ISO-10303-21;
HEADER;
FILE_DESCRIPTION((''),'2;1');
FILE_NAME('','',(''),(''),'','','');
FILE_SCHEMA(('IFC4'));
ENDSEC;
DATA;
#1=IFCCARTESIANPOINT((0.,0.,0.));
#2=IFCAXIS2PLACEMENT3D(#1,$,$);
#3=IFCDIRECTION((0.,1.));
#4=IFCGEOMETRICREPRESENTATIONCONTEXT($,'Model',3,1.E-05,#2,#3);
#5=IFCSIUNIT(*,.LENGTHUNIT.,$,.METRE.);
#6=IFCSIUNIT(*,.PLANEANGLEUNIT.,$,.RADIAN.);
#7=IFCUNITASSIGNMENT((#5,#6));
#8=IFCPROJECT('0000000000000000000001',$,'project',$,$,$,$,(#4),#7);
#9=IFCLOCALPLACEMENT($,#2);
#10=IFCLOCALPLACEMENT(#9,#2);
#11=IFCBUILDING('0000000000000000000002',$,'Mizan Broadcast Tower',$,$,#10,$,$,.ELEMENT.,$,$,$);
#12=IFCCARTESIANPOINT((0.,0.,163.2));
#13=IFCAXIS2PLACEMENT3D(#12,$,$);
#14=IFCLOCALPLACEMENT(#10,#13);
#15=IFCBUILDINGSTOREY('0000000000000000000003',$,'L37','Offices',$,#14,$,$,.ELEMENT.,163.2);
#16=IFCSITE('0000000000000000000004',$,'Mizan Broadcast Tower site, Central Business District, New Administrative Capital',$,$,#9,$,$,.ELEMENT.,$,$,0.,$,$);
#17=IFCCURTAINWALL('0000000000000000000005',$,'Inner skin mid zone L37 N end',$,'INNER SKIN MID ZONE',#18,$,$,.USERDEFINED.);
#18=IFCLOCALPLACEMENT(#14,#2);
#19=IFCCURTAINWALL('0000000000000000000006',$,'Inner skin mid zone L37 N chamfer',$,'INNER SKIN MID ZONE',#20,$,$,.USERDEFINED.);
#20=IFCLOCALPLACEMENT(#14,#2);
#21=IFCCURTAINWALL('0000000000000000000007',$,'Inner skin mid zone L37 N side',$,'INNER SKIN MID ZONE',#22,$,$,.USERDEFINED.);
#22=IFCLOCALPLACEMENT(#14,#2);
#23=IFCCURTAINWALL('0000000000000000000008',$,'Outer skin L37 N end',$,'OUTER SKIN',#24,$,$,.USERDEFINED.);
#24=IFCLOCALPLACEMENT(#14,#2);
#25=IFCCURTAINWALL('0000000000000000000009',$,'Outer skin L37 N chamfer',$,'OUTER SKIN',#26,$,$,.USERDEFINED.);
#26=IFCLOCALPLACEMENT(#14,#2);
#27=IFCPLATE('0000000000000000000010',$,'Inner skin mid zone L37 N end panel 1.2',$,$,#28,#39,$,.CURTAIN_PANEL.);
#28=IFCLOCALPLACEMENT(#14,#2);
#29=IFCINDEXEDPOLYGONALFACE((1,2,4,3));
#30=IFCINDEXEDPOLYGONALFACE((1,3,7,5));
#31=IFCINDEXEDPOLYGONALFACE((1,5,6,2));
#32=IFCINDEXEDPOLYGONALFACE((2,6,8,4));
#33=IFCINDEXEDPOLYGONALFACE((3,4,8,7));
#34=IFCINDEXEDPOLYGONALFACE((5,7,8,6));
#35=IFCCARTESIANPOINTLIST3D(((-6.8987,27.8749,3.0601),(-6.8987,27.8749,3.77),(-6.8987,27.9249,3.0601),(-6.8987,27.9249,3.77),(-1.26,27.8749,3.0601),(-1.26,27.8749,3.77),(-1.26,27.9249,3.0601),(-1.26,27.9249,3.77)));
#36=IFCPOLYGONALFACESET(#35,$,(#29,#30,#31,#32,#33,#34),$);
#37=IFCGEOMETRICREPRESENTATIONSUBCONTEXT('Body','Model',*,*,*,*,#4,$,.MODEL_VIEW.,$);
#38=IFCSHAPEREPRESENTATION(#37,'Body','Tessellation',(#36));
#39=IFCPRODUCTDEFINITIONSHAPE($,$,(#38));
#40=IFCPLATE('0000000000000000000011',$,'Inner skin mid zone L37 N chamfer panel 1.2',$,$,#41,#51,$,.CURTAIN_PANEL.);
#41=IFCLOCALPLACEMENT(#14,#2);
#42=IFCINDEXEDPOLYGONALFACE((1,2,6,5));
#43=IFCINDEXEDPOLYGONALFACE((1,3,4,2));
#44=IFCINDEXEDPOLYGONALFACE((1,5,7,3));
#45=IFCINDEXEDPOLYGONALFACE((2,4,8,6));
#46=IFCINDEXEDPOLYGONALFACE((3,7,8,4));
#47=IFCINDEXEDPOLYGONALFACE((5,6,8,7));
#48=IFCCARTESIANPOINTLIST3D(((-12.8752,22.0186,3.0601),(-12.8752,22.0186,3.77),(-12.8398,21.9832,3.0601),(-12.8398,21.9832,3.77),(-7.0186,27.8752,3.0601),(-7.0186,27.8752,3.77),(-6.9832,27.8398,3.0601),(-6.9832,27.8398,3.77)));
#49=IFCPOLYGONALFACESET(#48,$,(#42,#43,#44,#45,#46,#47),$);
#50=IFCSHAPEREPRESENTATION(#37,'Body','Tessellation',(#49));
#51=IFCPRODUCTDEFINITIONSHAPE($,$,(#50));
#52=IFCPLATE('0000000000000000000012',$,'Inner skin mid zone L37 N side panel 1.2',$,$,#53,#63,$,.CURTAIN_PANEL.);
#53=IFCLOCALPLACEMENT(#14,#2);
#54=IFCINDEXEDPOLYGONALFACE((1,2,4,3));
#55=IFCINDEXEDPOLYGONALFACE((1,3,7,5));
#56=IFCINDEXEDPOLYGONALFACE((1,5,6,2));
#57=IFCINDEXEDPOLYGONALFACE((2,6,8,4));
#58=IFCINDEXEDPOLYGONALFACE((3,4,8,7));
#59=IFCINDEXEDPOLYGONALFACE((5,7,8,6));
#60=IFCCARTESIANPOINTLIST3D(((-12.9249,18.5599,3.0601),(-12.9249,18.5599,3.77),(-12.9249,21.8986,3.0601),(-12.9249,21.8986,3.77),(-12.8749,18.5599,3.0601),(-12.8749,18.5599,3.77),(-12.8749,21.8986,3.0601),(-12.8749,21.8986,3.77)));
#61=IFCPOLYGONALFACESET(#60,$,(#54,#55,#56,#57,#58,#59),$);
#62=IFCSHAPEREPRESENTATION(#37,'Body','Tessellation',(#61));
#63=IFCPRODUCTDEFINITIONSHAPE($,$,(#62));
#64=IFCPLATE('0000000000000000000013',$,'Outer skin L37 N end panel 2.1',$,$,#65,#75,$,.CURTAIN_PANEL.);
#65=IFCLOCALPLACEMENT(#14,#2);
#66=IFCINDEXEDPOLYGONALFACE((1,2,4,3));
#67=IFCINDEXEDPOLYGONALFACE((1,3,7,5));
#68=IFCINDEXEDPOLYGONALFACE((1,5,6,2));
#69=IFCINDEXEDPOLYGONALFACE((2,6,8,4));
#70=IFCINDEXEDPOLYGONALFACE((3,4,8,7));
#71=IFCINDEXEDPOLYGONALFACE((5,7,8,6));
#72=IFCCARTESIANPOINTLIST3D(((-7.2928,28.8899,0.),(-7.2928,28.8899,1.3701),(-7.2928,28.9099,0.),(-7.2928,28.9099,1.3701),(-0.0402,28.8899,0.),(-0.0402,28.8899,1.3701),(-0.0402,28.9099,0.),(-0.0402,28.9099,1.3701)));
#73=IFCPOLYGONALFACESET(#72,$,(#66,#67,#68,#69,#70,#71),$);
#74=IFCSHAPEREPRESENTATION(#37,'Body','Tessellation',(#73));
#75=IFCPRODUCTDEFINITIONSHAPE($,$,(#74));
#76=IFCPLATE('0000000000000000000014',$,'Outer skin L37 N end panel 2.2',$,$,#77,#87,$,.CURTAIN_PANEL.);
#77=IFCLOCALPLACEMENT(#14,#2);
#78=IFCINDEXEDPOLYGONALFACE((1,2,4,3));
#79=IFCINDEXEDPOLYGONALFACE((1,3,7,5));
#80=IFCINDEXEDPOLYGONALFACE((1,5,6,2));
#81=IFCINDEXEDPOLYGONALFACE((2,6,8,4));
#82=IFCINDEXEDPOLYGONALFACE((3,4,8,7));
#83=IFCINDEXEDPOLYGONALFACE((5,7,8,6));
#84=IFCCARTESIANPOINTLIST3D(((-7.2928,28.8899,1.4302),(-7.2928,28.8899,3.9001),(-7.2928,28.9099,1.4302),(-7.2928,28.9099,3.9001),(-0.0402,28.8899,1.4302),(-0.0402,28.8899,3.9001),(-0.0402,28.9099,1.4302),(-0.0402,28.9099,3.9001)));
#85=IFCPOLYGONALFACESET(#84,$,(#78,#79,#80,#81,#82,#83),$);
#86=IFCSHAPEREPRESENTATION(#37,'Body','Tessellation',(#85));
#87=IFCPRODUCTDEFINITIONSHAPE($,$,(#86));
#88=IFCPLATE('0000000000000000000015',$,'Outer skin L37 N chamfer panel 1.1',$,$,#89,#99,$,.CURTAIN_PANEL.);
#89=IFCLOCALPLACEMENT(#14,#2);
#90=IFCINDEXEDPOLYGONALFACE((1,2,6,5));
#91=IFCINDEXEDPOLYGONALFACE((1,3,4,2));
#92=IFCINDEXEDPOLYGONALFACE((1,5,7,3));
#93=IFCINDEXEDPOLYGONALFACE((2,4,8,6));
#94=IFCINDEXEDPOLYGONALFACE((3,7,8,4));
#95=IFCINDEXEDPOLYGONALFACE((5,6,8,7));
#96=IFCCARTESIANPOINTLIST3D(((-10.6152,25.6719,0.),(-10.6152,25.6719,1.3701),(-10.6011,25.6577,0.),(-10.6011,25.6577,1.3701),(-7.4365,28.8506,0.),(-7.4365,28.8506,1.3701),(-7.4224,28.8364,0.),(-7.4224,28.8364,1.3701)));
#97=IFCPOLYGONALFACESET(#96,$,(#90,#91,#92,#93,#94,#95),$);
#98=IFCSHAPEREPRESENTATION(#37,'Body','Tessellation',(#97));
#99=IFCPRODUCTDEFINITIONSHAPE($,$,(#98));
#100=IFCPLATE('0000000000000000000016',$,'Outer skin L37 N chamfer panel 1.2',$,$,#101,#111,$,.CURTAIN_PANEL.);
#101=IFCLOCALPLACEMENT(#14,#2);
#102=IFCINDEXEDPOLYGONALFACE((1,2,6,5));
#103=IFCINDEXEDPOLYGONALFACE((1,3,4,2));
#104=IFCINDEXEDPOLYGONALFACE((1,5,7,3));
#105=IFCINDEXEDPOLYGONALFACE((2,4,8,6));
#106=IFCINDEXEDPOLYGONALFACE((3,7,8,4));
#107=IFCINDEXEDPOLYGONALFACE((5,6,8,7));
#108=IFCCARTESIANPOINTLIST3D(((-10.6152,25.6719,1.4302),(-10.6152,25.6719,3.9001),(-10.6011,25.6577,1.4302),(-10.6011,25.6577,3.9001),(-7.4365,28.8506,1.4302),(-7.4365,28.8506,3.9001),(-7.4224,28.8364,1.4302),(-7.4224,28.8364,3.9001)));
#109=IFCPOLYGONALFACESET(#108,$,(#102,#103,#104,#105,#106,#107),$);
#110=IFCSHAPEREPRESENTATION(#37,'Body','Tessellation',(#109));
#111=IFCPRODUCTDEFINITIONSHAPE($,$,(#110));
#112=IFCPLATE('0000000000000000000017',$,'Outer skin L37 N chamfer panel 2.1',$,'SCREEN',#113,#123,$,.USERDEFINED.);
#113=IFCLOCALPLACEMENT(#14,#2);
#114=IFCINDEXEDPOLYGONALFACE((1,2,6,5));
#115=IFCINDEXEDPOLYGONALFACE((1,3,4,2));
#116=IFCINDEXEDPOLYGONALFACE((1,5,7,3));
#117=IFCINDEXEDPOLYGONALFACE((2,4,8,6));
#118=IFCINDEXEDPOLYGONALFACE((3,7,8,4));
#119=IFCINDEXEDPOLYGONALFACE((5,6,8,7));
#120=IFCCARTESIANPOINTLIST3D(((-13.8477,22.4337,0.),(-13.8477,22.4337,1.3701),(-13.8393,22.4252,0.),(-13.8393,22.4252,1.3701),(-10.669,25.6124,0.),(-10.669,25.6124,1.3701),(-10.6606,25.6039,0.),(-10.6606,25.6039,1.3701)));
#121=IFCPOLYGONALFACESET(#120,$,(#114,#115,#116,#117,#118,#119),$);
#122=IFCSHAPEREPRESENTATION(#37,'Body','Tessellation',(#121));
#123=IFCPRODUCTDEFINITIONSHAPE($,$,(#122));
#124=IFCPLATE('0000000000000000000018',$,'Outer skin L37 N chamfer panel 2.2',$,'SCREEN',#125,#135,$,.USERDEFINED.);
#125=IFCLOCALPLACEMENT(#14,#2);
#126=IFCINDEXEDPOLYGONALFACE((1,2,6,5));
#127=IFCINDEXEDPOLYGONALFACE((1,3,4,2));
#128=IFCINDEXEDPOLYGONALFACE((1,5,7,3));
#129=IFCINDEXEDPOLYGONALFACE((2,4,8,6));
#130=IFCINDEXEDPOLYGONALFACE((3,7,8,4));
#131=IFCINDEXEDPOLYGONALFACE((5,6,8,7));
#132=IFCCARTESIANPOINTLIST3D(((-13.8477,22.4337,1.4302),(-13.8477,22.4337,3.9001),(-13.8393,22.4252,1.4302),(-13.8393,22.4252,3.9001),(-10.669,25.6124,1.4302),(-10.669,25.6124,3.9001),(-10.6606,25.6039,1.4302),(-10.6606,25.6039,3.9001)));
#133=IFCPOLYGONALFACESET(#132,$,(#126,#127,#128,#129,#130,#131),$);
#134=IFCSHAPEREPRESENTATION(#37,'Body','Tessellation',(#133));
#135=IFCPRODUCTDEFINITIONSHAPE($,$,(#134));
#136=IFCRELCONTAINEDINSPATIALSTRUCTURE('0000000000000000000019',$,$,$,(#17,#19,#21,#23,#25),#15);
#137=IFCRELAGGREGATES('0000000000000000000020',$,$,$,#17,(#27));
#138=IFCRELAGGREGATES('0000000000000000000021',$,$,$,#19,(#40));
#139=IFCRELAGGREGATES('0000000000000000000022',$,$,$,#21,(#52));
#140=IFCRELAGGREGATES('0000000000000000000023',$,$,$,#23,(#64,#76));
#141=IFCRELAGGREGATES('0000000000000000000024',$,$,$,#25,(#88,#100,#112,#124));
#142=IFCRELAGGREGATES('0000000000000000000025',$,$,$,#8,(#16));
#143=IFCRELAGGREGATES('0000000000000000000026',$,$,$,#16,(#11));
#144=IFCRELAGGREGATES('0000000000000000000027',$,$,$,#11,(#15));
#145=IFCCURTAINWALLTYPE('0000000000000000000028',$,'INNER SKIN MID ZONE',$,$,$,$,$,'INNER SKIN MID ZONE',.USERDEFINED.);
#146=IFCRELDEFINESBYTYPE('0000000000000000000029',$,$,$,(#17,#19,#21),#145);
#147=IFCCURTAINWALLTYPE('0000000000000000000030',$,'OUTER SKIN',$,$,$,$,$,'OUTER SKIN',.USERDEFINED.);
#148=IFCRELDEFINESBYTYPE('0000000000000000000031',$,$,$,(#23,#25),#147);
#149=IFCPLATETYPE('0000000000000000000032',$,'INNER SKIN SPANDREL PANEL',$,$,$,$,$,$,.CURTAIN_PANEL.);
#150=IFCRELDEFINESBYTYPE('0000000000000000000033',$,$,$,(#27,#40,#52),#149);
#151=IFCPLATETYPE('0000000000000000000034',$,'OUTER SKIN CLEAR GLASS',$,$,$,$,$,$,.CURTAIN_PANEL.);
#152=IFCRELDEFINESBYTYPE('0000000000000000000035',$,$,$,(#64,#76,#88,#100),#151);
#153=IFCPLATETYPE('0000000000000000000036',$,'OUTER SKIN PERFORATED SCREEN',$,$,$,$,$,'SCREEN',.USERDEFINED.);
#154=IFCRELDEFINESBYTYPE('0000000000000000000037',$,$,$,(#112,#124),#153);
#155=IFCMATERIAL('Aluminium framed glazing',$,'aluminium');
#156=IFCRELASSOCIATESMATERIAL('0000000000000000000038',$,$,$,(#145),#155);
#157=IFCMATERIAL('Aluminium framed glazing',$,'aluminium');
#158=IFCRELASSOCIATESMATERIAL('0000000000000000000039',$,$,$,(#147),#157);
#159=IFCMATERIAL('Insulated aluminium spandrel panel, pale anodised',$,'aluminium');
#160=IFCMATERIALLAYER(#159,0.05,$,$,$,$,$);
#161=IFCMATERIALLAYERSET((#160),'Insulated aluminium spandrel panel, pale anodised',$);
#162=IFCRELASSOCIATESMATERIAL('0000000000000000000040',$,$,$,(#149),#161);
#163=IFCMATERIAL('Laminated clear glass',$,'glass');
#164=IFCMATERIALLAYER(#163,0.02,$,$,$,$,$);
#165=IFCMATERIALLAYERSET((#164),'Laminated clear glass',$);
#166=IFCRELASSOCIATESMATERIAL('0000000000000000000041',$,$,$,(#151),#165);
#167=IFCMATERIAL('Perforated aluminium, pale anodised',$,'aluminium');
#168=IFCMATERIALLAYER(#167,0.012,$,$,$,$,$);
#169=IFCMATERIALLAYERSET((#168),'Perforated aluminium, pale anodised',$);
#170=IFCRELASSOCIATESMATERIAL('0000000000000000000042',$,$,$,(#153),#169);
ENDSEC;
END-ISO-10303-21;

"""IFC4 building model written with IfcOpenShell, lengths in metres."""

from ifc_helpers import new_model, si_unit, direction, frame, origin, origin_2d, place, context, subcontext, project, spatial, rectangle, extrude, material, layer, layer_set, type_object, element, aggregate, save


model = new_model("IFC4")

# Units and contexts
model_context = context("Model", 3, precision=1e-05, world=origin(), true_north=direction((0.0, 1.0)))
body_context = subcontext(model_context, "Body", "Model", "MODEL_VIEW")
ifc_project = project(units=[si_unit("LENGTHUNIT", "METRE"), si_unit("PLANEANGLEUNIT", "RADIAN")], contexts=[model_context])

# Site, building, storey
site_placement = place(None, origin())
site = spatial("IfcSite", under=ifc_project, at=site_placement, Name="Mizan Broadcast Tower site, Central Business District, New Administrative Capital", CompositionType="ELEMENT", RefElevation=0.0)
building_placement = place(site_placement, origin())
building = spatial("IfcBuilding", under=site, at=building_placement, Name="Mizan Broadcast Tower", CompositionType="ELEMENT")
storey_placement = place(building_placement, frame((0.0, 0.0, 163.2)))
storey = spatial("IfcBuildingStorey", under=building, at=storey_placement, Name="L37", Description="Offices", CompositionType="ELEMENT", Elevation=163.2)

# Curtain wall
ifc_material_1 = material(Name="Aluminium framed glazing", Category="aluminium")
curtain_wall_type_1 = type_object("IfcCurtainWallType", Name="INNER SKIN MID ZONE", ElementType="INNER SKIN MID ZONE", PredefinedType="USERDEFINED", material=ifc_material_1)
curtain_wall_1_placement = place(storey_placement, origin())
curtain_wall_1 = element("IfcCurtainWall", 1, at=curtain_wall_1_placement, inside=storey, type_object=curtain_wall_type_1, Name="Inner skin mid zone L37 N end", ObjectType="INNER SKIN MID ZONE", PredefinedType="USERDEFINED")

# Curtain wall
curtain_wall_2_placement = place(storey_placement, origin())
curtain_wall_2 = element("IfcCurtainWall", 2, at=curtain_wall_2_placement, inside=storey, type_object=curtain_wall_type_1, Name="Inner skin mid zone L37 N chamfer", ObjectType="INNER SKIN MID ZONE", PredefinedType="USERDEFINED")

# Curtain walls
curtain_wall_3_placement = place(storey_placement, origin())
curtain_wall_3 = element("IfcCurtainWall", 3, at=curtain_wall_3_placement, inside=storey, type_object=curtain_wall_type_1, Name="Inner skin mid zone L37 N side", ObjectType="INNER SKIN MID ZONE", PredefinedType="USERDEFINED")
ifc_material_2 = material(Name="Aluminium framed glazing", Category="aluminium")
curtain_wall_type_2 = type_object("IfcCurtainWallType", Name="OUTER SKIN", ElementType="OUTER SKIN", PredefinedType="USERDEFINED", material=ifc_material_2)
curtain_wall_4_placement = place(storey_placement, origin())
curtain_wall_4 = element("IfcCurtainWall", 4, at=curtain_wall_4_placement, inside=storey, type_object=curtain_wall_type_2, Name="Outer skin L37 N end", ObjectType="OUTER SKIN", PredefinedType="USERDEFINED")
curtain_wall_5_placement = place(storey_placement, origin())
curtain_wall_5 = element("IfcCurtainWall", 5, at=curtain_wall_5_placement, inside=storey, type_object=curtain_wall_type_2, Name="Outer skin L37 N chamfer", ObjectType="OUTER SKIN", PredefinedType="USERDEFINED")

# Plates
ifc_material_3 = material(Name="Insulated aluminium spandrel panel, pale anodised", Category="aluminium")
ifc_layer_1 = layer(ifc_material_3, 0.05)
ifc_layer_set_1 = layer_set([ifc_layer_1], Name="Insulated aluminium spandrel panel, pale anodised")
plate_type_1 = type_object("IfcPlateType", Name="INNER SKIN SPANDREL PANEL", PredefinedType="CURTAIN_PANEL", material=ifc_layer_set_1)
plate_1_placement = place(storey_placement, frame((-4.0793, 27.8999, 3.0601), z_axis=(0.0, 0.0, 1.0), x_axis=(-1.0, 0.0, 0.0)))
plate_1 = element("IfcPlate", 6, at=plate_1_placement, type_object=plate_type_1, Name="Inner skin mid zone L37 N end panel 1.2", PredefinedType="CURTAIN_PANEL", context=body_context, shape_type="SweptSolid", body=[
    extrude(rectangle(XDim=5.6387, YDim=0.05, at=origin_2d()), origin(), (0.0, 0.0, 1.0), 0.71),
])
aggregate(curtain_wall_1, [plate_1])
plate_2_placement = place(storey_placement, frame((-9.9292, 24.9292, 3.0601), z_axis=(0.0, 0.0, 1.0), x_axis=(-0.707107, -0.707107, 0.0)))
plate_2 = element("IfcPlate", 7, at=plate_2_placement, type_object=plate_type_1, Name="Inner skin mid zone L37 N chamfer panel 1.2", PredefinedType="CURTAIN_PANEL", context=body_context, shape_type="SweptSolid", body=[
    extrude(rectangle(XDim=8.2825, YDim=0.05, at=origin_2d()), origin(), (0.0, 0.0, 1.0), 0.71),
])
aggregate(curtain_wall_2, [plate_2])
plate_3_placement = place(storey_placement, frame((-12.8999, 20.2292, 3.0601), z_axis=(0.0, 0.0, 1.0), x_axis=(0.0, -1.0, 0.0)))
plate_3 = element("IfcPlate", 8, at=plate_3_placement, type_object=plate_type_1, Name="Inner skin mid zone L37 N side panel 1.2", PredefinedType="CURTAIN_PANEL", context=body_context, shape_type="SweptSolid", body=[
    extrude(rectangle(XDim=3.3386, YDim=0.05, at=origin_2d()), origin(), (0.0, 0.0, 1.0), 0.71),
])
aggregate(curtain_wall_3, [plate_3])
ifc_material_4 = material(Name="Laminated clear glass", Category="glass")
ifc_layer_2 = layer(ifc_material_4, 0.02)
ifc_layer_set_2 = layer_set([ifc_layer_2], Name="Laminated clear glass")
plate_type_2 = type_object("IfcPlateType", Name="OUTER SKIN CLEAR GLASS", PredefinedType="CURTAIN_PANEL", material=ifc_layer_set_2)
plate_4_placement = place(storey_placement, frame((-3.6665, 28.8999, 0.0), z_axis=(0.0, 0.0, 1.0), x_axis=(-1.0, 0.0, 0.0)))
plate_4 = element("IfcPlate", 9, at=plate_4_placement, type_object=plate_type_2, Name="Outer skin L37 N end panel 2.1", PredefinedType="CURTAIN_PANEL", context=body_context, shape_type="SweptSolid", body=[
    extrude(rectangle(XDim=7.2527, YDim=0.02, at=origin_2d()), origin(), (0.0, 0.0, 1.0), 1.3701),
])
plate_5_placement = place(storey_placement, frame((-3.6665, 28.8999, 1.4302), z_axis=(0.0, 0.0, 1.0), x_axis=(-1.0, 0.0, 0.0)))
plate_5 = element("IfcPlate", 10, at=plate_5_placement, type_object=plate_type_2, Name="Outer skin L37 N end panel 2.2", PredefinedType="CURTAIN_PANEL", context=body_context, shape_type="SweptSolid", body=[
    extrude(rectangle(XDim=7.2527, YDim=0.02, at=origin_2d()), origin(), (0.0, 0.0, 1.0), 2.47),
])
aggregate(curtain_wall_4, [plate_4, plate_5])
plate_6_placement = place(storey_placement, frame((-9.0188, 27.2542, 0.0), z_axis=(0.0, 0.0, 1.0), x_axis=(-0.707107, -0.707107, 0.0)))
plate_6 = element("IfcPlate", 11, at=plate_6_placement, type_object=plate_type_2, Name="Outer skin L37 N chamfer panel 1.1", PredefinedType="CURTAIN_PANEL", context=body_context, shape_type="SweptSolid", body=[
    extrude(rectangle(XDim=4.4954, YDim=0.02, at=origin_2d()), origin(), (0.0, 0.0, 1.0), 1.3701),
])
plate_7_placement = place(storey_placement, frame((-9.0188, 27.2542, 1.4302), z_axis=(0.0, 0.0, 1.0), x_axis=(-0.707107, -0.707107, 0.0)))
plate_7 = element("IfcPlate", 12, at=plate_7_placement, type_object=plate_type_2, Name="Outer skin L37 N chamfer panel 1.2", PredefinedType="CURTAIN_PANEL", context=body_context, shape_type="SweptSolid", body=[
    extrude(rectangle(XDim=4.4954, YDim=0.02, at=origin_2d()), origin(), (0.0, 0.0, 1.0), 2.47),
])
ifc_material_5 = material(Name="Perforated aluminium, pale anodised", Category="aluminium")
ifc_layer_3 = layer(ifc_material_5, 0.012)
ifc_layer_set_3 = layer_set([ifc_layer_3], Name="Perforated aluminium, pale anodised")
plate_type_3 = type_object("IfcPlateType", Name="OUTER SKIN PERFORATED SCREEN", ElementType="SCREEN", PredefinedType="USERDEFINED", material=ifc_layer_set_3)
plate_8_placement = place(storey_placement, frame((-12.2542, 24.0188, 0.0), z_axis=(0.0, 0.0, 1.0), x_axis=(-0.707107, -0.707107, 0.0)))
plate_8 = element("IfcPlate", 13, at=plate_8_placement, type_object=plate_type_3, Name="Outer skin L37 N chamfer panel 2.1", ObjectType="SCREEN", PredefinedType="USERDEFINED", context=body_context, shape_type="SweptSolid", body=[
    extrude(rectangle(XDim=4.4954, YDim=0.012, at=origin_2d()), origin(), (0.0, 0.0, 1.0), 1.3701),
])
plate_9_placement = place(storey_placement, frame((-12.2542, 24.0188, 1.4302), z_axis=(0.0, 0.0, 1.0), x_axis=(-0.707107, -0.707107, 0.0)))
plate_9 = element("IfcPlate", 14, at=plate_9_placement, type_object=plate_type_3, Name="Outer skin L37 N chamfer panel 2.2", ObjectType="SCREEN", PredefinedType="USERDEFINED", context=body_context, shape_type="SweptSolid", body=[
    extrude(rectangle(XDim=4.4954, YDim=0.012, at=origin_2d()), origin(), (0.0, 0.0, 1.0), 2.47),
])
aggregate(curtain_wall_5, [plate_6, plate_7, plate_8, plate_9])

save(model, "model.ifc")
